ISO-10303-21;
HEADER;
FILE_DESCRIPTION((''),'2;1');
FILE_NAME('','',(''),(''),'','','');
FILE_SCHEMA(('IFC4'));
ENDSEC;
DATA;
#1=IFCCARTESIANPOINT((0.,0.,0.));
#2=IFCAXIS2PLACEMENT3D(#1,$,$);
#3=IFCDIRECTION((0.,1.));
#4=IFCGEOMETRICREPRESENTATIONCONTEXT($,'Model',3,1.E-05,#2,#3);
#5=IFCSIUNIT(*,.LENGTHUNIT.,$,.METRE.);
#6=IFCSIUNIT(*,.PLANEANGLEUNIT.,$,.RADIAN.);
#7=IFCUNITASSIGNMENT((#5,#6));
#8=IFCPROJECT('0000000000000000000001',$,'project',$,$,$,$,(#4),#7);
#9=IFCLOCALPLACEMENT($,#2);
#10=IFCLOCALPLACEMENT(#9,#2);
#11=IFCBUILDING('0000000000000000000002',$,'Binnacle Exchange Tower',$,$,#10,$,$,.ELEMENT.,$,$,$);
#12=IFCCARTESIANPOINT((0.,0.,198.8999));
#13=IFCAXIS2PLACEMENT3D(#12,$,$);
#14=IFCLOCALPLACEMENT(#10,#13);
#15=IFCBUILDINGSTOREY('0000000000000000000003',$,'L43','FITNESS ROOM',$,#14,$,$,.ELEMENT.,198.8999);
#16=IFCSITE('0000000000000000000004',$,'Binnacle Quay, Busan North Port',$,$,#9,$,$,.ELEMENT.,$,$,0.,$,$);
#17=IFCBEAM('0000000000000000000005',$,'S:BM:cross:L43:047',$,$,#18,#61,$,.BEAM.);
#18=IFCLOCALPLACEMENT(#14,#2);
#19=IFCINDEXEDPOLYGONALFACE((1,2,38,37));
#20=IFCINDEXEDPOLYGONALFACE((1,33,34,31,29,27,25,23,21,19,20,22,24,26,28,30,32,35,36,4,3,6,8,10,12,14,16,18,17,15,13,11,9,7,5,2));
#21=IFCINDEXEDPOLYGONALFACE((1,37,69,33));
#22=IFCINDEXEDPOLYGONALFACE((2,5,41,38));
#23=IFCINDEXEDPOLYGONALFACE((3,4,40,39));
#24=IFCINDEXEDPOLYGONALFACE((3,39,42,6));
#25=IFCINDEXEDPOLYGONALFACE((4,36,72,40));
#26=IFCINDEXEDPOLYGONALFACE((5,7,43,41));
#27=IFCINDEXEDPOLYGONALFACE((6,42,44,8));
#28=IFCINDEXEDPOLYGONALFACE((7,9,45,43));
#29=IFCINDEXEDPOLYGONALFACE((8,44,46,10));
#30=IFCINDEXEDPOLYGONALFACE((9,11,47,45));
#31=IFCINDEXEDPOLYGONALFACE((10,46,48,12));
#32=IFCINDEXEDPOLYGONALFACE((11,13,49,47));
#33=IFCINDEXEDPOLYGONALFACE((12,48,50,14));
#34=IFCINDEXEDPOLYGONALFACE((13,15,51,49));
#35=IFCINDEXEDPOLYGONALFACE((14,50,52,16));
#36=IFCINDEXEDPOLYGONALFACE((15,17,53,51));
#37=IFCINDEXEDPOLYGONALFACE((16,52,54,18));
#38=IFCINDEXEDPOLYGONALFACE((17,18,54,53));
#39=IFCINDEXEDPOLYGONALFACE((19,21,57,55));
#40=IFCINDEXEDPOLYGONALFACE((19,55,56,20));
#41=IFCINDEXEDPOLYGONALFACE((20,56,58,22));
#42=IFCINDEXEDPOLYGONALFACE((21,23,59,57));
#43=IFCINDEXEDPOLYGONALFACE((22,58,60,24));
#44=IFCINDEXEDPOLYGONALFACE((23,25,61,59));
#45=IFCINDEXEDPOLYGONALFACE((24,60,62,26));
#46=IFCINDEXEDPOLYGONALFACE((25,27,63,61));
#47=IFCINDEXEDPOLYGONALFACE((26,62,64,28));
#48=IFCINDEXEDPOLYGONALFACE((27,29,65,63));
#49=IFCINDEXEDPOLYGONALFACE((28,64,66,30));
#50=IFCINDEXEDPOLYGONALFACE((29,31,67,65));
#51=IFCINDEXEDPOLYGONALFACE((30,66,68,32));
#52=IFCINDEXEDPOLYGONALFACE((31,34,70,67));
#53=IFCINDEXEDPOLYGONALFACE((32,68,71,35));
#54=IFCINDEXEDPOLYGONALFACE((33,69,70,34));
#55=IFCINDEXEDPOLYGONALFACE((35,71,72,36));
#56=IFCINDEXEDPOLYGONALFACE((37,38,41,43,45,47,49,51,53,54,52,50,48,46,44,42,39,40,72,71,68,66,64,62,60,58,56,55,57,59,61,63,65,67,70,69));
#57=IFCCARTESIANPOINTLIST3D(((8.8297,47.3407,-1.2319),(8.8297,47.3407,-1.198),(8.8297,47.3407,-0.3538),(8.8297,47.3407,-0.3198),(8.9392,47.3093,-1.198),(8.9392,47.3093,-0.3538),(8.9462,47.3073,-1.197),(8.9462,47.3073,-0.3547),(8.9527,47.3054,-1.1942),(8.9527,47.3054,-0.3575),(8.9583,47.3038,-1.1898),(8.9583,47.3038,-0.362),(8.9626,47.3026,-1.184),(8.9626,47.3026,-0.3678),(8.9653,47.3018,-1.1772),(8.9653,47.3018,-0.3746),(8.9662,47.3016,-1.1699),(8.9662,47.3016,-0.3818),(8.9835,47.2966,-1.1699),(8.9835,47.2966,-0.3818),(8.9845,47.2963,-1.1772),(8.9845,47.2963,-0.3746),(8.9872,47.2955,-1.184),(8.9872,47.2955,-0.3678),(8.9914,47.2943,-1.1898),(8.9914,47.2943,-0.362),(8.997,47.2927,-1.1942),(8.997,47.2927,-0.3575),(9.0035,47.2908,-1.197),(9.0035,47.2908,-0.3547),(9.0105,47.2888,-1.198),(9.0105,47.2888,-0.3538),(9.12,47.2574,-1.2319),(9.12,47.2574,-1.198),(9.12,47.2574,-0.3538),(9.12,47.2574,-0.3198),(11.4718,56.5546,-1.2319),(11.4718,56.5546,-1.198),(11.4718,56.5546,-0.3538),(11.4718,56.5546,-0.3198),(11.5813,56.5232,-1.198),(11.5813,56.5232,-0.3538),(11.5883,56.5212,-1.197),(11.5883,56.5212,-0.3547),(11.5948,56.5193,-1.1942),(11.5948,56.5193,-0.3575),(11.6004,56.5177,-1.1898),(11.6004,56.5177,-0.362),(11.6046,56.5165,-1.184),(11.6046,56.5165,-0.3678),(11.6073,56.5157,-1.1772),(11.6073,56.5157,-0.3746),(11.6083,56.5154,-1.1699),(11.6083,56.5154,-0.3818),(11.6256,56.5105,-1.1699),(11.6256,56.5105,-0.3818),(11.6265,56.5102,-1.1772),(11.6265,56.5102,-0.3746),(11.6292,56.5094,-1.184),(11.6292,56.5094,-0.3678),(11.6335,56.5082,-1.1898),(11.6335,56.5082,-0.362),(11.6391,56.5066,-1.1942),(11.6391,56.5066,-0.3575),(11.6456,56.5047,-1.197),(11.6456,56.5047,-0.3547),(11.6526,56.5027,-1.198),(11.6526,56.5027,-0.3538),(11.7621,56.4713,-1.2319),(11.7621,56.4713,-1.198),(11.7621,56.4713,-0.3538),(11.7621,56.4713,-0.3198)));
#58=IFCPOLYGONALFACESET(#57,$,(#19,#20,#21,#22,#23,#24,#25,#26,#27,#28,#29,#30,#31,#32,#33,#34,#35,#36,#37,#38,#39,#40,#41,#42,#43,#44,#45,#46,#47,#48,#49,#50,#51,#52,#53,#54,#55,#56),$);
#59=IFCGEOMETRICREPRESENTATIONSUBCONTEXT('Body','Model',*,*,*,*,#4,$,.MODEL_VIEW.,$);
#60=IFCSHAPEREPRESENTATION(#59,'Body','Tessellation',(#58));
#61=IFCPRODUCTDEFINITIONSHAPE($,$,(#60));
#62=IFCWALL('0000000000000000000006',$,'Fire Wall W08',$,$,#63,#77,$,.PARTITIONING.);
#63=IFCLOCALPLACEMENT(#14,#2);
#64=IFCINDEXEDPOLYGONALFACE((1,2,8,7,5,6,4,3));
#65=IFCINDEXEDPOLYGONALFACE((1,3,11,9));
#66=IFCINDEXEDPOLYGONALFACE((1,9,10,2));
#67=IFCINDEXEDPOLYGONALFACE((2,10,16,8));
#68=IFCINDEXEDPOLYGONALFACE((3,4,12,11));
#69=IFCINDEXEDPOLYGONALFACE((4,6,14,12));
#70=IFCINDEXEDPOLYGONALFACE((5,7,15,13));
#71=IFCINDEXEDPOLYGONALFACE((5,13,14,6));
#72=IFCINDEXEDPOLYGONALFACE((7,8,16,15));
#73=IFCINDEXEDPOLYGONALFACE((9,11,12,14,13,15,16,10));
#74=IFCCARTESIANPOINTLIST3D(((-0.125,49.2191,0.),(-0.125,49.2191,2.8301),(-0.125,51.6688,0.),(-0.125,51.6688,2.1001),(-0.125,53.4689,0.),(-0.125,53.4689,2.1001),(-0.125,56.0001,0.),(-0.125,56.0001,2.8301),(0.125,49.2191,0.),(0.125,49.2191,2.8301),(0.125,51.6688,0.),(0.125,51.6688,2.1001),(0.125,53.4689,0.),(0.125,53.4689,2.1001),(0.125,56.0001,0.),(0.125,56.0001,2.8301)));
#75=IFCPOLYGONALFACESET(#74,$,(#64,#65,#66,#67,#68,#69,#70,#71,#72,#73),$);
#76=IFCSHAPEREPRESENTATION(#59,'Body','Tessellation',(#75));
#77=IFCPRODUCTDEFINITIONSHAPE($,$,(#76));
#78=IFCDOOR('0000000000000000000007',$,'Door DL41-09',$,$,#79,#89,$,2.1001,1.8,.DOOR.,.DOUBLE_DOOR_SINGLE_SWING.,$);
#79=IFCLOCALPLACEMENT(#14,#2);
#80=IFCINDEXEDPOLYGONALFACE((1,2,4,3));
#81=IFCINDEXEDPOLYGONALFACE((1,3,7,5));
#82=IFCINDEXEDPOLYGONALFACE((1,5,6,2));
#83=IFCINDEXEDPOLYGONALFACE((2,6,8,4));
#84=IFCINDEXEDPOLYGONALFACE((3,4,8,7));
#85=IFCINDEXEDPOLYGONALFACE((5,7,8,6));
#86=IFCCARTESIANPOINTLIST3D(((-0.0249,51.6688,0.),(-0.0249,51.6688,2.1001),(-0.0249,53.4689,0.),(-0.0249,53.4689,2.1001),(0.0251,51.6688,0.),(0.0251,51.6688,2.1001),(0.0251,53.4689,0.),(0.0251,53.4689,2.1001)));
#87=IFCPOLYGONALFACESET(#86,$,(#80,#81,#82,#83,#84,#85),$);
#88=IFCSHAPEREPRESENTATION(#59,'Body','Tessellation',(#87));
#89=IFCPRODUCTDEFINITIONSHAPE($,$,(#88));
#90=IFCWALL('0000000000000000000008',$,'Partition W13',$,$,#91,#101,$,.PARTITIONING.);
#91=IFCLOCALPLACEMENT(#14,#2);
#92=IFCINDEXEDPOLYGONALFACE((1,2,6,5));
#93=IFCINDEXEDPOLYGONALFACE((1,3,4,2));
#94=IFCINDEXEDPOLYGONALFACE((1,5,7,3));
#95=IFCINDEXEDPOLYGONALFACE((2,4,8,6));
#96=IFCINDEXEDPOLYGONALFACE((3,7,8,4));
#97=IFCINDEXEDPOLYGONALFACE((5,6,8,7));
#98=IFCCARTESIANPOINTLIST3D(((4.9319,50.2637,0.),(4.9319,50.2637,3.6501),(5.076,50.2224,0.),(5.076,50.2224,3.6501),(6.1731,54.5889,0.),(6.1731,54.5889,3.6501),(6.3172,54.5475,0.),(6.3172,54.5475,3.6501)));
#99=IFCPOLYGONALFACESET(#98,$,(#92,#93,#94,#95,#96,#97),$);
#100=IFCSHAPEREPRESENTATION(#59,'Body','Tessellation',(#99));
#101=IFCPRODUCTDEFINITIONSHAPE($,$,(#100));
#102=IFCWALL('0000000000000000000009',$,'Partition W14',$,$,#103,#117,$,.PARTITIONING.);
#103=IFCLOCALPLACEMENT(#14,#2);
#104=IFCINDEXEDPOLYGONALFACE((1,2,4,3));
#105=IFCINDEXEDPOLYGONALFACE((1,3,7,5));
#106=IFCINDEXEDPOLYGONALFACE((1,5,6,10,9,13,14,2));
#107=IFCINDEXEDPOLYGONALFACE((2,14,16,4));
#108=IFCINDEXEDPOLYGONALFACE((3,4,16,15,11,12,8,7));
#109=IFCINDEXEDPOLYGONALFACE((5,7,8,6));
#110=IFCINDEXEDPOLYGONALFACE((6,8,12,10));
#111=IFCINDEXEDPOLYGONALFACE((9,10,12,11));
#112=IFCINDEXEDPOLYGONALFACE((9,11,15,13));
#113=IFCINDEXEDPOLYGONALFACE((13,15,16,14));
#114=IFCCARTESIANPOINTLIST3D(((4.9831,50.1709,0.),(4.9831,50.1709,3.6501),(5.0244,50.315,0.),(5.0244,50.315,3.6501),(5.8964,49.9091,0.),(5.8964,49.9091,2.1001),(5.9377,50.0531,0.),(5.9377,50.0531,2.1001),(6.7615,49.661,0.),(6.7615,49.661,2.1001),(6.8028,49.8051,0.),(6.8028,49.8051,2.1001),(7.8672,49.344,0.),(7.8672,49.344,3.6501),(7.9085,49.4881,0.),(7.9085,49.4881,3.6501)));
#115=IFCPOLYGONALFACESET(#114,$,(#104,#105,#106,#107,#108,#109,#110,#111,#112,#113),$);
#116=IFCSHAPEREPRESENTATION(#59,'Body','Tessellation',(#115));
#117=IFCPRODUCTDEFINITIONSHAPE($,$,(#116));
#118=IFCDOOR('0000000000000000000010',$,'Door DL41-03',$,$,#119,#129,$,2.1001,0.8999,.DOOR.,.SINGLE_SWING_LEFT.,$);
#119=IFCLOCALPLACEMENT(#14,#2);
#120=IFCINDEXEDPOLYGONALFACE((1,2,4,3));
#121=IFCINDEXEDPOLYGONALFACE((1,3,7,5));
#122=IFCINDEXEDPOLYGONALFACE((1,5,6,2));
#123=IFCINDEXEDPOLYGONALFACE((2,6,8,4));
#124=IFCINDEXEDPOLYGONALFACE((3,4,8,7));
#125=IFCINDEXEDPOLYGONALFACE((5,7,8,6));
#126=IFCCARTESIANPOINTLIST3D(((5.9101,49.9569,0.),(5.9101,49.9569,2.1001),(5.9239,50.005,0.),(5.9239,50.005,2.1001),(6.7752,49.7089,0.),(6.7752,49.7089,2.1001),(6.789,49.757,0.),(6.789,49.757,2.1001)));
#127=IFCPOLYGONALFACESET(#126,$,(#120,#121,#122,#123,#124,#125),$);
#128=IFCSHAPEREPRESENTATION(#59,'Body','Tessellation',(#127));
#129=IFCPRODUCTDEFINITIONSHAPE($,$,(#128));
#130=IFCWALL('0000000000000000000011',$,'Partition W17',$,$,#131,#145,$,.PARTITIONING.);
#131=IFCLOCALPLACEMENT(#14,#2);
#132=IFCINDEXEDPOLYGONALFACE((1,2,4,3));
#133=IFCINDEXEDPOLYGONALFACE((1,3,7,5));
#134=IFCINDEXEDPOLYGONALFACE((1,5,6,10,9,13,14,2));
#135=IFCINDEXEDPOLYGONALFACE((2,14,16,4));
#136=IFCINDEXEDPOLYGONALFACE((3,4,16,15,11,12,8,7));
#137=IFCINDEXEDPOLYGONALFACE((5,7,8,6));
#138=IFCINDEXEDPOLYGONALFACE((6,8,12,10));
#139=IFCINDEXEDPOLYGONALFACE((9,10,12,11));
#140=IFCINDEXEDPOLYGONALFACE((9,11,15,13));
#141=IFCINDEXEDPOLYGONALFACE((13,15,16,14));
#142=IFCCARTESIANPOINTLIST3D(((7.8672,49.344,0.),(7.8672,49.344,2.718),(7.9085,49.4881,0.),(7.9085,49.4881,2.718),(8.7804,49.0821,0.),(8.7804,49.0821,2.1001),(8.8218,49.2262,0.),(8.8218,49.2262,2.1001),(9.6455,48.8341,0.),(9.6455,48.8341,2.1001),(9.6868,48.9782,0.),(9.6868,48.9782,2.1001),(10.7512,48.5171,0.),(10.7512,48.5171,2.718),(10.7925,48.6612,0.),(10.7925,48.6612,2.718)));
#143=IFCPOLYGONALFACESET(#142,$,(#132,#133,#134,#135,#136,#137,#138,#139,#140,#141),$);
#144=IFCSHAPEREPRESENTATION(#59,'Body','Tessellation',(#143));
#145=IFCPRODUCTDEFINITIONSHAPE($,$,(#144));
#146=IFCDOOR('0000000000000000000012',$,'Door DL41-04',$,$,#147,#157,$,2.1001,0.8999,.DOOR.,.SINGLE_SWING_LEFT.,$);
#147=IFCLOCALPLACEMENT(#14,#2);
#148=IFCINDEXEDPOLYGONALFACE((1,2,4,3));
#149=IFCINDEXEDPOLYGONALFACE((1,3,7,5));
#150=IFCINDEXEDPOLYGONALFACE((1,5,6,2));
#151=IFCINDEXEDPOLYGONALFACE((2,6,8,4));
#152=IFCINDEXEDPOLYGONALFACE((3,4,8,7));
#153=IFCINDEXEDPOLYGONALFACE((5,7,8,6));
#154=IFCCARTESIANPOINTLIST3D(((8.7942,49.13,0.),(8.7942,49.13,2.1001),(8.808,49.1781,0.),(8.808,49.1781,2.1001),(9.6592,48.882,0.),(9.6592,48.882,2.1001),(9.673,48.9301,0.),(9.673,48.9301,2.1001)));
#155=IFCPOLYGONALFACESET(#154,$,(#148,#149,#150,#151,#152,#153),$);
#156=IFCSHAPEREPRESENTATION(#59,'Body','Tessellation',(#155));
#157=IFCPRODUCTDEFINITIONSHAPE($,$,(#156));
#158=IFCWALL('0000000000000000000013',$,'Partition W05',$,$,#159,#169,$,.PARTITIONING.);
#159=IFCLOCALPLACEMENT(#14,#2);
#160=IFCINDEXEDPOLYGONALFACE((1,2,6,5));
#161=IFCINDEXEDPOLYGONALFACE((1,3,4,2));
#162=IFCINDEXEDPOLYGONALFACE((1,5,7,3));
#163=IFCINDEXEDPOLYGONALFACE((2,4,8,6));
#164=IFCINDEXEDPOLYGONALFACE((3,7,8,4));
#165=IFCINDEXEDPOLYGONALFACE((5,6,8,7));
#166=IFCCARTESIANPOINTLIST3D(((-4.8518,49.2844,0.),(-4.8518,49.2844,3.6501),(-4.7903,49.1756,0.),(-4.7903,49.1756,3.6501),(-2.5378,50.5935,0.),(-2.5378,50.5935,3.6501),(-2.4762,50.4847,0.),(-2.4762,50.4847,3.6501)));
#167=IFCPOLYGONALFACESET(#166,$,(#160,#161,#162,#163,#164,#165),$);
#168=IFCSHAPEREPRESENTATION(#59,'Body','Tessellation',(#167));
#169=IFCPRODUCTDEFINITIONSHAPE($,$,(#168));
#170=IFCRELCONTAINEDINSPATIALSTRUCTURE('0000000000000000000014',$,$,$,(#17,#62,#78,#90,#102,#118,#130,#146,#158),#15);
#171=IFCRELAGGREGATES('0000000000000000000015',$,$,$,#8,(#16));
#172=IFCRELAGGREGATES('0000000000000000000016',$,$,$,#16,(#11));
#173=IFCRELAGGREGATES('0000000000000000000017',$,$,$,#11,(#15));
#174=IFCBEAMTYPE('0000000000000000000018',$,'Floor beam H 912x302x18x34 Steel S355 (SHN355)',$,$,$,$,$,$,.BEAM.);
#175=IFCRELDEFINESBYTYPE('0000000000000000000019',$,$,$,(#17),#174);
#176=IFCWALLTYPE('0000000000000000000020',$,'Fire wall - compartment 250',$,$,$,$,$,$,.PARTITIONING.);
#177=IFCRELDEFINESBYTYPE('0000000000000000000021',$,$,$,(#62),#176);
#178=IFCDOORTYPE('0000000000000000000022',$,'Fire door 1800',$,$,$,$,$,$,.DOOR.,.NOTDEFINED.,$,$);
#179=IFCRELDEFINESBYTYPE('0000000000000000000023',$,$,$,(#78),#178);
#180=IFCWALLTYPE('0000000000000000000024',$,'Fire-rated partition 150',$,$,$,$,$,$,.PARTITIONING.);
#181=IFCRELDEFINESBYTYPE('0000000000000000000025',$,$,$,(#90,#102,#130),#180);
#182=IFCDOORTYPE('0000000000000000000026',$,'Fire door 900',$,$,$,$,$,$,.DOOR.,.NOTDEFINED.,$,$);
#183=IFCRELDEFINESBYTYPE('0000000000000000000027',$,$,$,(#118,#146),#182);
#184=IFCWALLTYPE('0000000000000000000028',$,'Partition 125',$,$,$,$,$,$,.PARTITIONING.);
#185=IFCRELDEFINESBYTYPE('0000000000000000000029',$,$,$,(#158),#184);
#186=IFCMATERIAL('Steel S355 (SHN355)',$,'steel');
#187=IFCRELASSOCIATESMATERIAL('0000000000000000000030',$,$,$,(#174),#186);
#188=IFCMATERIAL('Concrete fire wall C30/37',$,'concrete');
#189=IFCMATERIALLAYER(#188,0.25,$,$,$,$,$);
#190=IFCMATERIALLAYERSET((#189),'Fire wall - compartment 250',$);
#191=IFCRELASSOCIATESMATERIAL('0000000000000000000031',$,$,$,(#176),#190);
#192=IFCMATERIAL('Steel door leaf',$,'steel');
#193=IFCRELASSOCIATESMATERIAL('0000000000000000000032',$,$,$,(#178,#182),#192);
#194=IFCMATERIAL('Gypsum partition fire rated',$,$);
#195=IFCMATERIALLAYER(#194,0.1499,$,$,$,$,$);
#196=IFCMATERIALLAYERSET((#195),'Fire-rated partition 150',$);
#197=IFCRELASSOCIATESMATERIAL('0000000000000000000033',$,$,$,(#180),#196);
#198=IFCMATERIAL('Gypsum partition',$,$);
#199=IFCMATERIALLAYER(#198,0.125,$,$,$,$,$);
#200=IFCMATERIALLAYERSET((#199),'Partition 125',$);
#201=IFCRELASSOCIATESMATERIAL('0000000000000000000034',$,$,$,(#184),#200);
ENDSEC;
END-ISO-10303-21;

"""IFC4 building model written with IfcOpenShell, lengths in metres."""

from ifc_helpers import new_model, si_unit, direction, frame, frame_2d, origin, origin_2d, place, context, subcontext, project, spatial, rectangle, i_section, extrude, material, layer, layer_set, material_profile, profile_set, type_object, element, fill, save


model = new_model("IFC4")

# Units and contexts
model_context = context("Model", 3, precision=1e-05, world=origin(), true_north=direction((0.0, 1.0)))
body_context = subcontext(model_context, "Body", "Model", "MODEL_VIEW")
ifc_project = project(units=[si_unit("LENGTHUNIT", "METRE"), si_unit("PLANEANGLEUNIT", "RADIAN")], contexts=[model_context])

# Site, building, storey
site_placement = place(None, origin())
site = spatial("IfcSite", under=ifc_project, at=site_placement, Name="Binnacle Quay, Busan North Port", CompositionType="ELEMENT", RefElevation=0.0)
building_placement = place(site_placement, origin())
building = spatial("IfcBuilding", under=site, at=building_placement, Name="Binnacle Exchange Tower", CompositionType="ELEMENT")
storey_placement = place(building_placement, frame((0.0, 0.0, 198.8999)))
storey = spatial("IfcBuildingStorey", under=building, at=storey_placement, Name="L43", Description="FITNESS ROOM", CompositionType="ELEMENT", Elevation=198.8999)

# Beam
ifc_material_1 = material(Name="Steel S355 (SHN355)", Category="steel")
ifc_material_profile_1 = material_profile(ifc_material_1, i_section(OverallWidth=0.302, OverallDepth=0.9121, WebThickness=0.0181, FlangeThickness=0.0339, FilletRadius=0.0281, at=origin_2d()), Name="H 912x302x18x34")
ifc_profile_set_1 = profile_set([ifc_material_profile_1], Name="Steel S355 (SHN355)")
beam_type_1 = type_object("IfcBeamType", Name="Floor beam H 912x302x18x34 Steel S355 (SHN355)", PredefinedType="BEAM", material=ifc_profile_set_1)
beam_1_placement = place(storey_placement, frame((8.9749, 47.2991, -0.7759), z_axis=(0.275643, 0.96126, 0.0), x_axis=(-0.96126, 0.275643, 0.0)))
element("IfcBeam", 1, at=beam_1_placement, inside=storey, type_object=beam_type_1, Name="S:BM:cross:L43:047", PredefinedType="BEAM", context=body_context, shape_type="SweptSolid", body=[
    extrude(i_section(OverallWidth=0.302, OverallDepth=0.9121, WebThickness=0.0181, FlangeThickness=0.0339, FilletRadius=0.0281, at=origin_2d()), origin(), (0.0, 0.0, 1.0), 9.5852),
])

# Wall, opening, door
ifc_material_2 = material(Name="Concrete fire wall C30/37", Category="concrete")
ifc_layer_1 = layer(ifc_material_2, 0.25)
ifc_layer_set_1 = layer_set([ifc_layer_1], Name="Fire wall - compartment 250")
wall_type_1 = type_object("IfcWallType", Name="Fire wall - compartment 250", PredefinedType="PARTITIONING", material=ifc_layer_set_1)
wall_1_placement = place(storey_placement, frame((0.0, 49.219, 0.0), z_axis=(0.0, 0.0, 1.0), x_axis=(0.0, 1.0, 0.0)))
wall_1 = element("IfcWall", 2, at=wall_1_placement, inside=storey, type_object=wall_type_1, Name="Fire Wall W08", PredefinedType="PARTITIONING", context=body_context, shape_type="SweptSolid", body=[
    extrude(rectangle(XDim=6.781, YDim=0.25, at=frame_2d((3.3906, 0.0))), origin(), (0.0, 0.0, 1.0), 2.8301),
])
opening_1_placement = place(wall_1_placement, frame((2.45, 0.0, 0.0)))
opening_1 = element("IfcOpeningElement", 3, at=opening_1_placement, cuts=wall_1, PredefinedType="OPENING", context=body_context, shape_type="SweptSolid", body=[
    extrude(rectangle(XDim=1.8, YDim=2.1001, at=frame_2d((0.8999, 1.05))), frame((0.0, 0.135, 0.0), z_axis=(0.0, -1.0, 0.0), x_axis=(1.0, 0.0, 0.0)), (0.0, 0.0, 1.0), 0.27),
])
ifc_material_3 = material(Name="Steel door leaf", Category="steel")
door_type_1 = type_object("IfcDoorType", Name="Fire door 1800", OperationType="NOTDEFINED", PredefinedType="DOOR", material=ifc_material_3)
door_1_placement = place(opening_1_placement, origin())
door_1 = element("IfcDoor", 4, at=door_1_placement, inside=storey, type_object=door_type_1, Name="Door DL41-09", OperationType="DOUBLE_DOOR_SINGLE_SWING", OverallHeight=2.1001, OverallWidth=1.8, PredefinedType="DOOR", context=body_context, shape_type="SweptSolid", body=[
    extrude(rectangle(XDim=1.8, YDim=2.1001, at=frame_2d((0.8999, 1.05))), frame((0.0, 0.0249, 0.0), z_axis=(0.0, -1.0, 0.0), x_axis=(1.0, 0.0, 0.0)), (0.0, 0.0, 1.0), 0.05),
])
fill(opening_1, door_1)

# Wall
ifc_material_4 = material(Name="Gypsum partition fire rated")
ifc_layer_2 = layer(ifc_material_4, 0.1499)
ifc_layer_set_2 = layer_set([ifc_layer_2], Name="Fire-rated partition 150")
wall_type_2 = type_object("IfcWallType", Name="Fire-rated partition 150", PredefinedType="PARTITIONING", material=ifc_layer_set_2)
wall_2_placement = place(storey_placement, frame((5.0039, 50.2429, 0.0), z_axis=(0.0, 0.0, 1.0), x_axis=(0.275839, 0.961204, 0.0)))
element("IfcWall", 5, at=wall_2_placement, inside=storey, type_object=wall_type_2, Name="Partition W13", PredefinedType="PARTITIONING", context=body_context, shape_type="SweptSolid", body=[
    extrude(rectangle(XDim=4.4998, YDim=0.1499, at=frame_2d((2.25, 0.0))), origin(), (0.0, 0.0, 1.0), 3.6501),
])

# Walls, openings, doors
wall_3_placement = place(storey_placement, frame((5.0039, 50.2429, 0.0), z_axis=(0.0, 0.0, 1.0), x_axis=(0.961269, -0.275613, 0.0)))
wall_3 = element("IfcWall", 6, at=wall_3_placement, inside=storey, type_object=wall_type_2, Name="Partition W14", PredefinedType="PARTITIONING", context=body_context, shape_type="SweptSolid", body=[
    extrude(rectangle(XDim=3.0002, YDim=0.1499, at=frame_2d((1.5, 0.0))), origin(), (0.0, 0.0, 1.0), 3.6501),
])
opening_2_placement = place(wall_3_placement, frame((0.95, 0.0, 0.0)))
opening_2 = element("IfcOpeningElement", 7, at=opening_2_placement, cuts=wall_3, PredefinedType="OPENING", context=body_context, shape_type="SweptSolid", body=[
    extrude(rectangle(XDim=0.8999, YDim=2.1001, at=frame_2d((0.45, 1.05))), frame((0.0, 0.085, 0.0), z_axis=(0.0, -1.0, 0.0), x_axis=(1.0, 0.0, 0.0)), (0.0, 0.0, 1.0), 0.1699),
])
door_type_2 = type_object("IfcDoorType", Name="Fire door 900", OperationType="NOTDEFINED", PredefinedType="DOOR", material=ifc_material_3)
door_2_placement = place(opening_2_placement, origin())
door_2 = element("IfcDoor", 8, at=door_2_placement, inside=storey, type_object=door_type_2, Name="Door DL41-03", OperationType="SINGLE_SWING_LEFT", OverallHeight=2.1001, OverallWidth=0.8999, PredefinedType="DOOR", context=body_context, shape_type="SweptSolid", body=[
    extrude(rectangle(XDim=0.8999, YDim=2.1001, at=frame_2d((0.45, 1.05))), frame((0.0, 0.0249, 0.0), z_axis=(0.0, -1.0, 0.0), x_axis=(1.0, 0.0, 0.0)), (0.0, 0.0, 1.0), 0.05),
])
fill(opening_2, door_2)
wall_4_placement = place(storey_placement, frame((7.8879, 49.416, 0.0), z_axis=(0.0, 0.0, 1.0), x_axis=(0.961269, -0.275613, 0.0)))
wall_4 = element("IfcWall", 9, at=wall_4_placement, inside=storey, type_object=wall_type_2, Name="Partition W17", PredefinedType="PARTITIONING", context=body_context, shape_type="SweptSolid", body=[
    extrude(rectangle(XDim=3.0002, YDim=0.1499, at=frame_2d((1.5, 0.0))), origin(), (0.0, 0.0, 1.0), 2.718),
])
opening_3_placement = place(wall_4_placement, frame((0.95, 0.0, 0.0)))
opening_3 = element("IfcOpeningElement", 10, at=opening_3_placement, cuts=wall_4, PredefinedType="OPENING", context=body_context, shape_type="SweptSolid", body=[
    extrude(rectangle(XDim=0.8999, YDim=2.1001, at=frame_2d((0.45, 1.05))), frame((0.0, 0.085, 0.0), z_axis=(0.0, -1.0, 0.0), x_axis=(1.0, 0.0, 0.0)), (0.0, 0.0, 1.0), 0.1699),
])
door_3_placement = place(opening_3_placement, origin())
door_3 = element("IfcDoor", 11, at=door_3_placement, inside=storey, type_object=door_type_2, Name="Door DL41-04", OperationType="SINGLE_SWING_LEFT", OverallHeight=2.1001, OverallWidth=0.8999, PredefinedType="DOOR", context=body_context, shape_type="SweptSolid", body=[
    extrude(rectangle(XDim=0.8999, YDim=2.1001, at=frame_2d((0.45, 1.05))), frame((0.0, 0.0249, 0.0), z_axis=(0.0, -1.0, 0.0), x_axis=(1.0, 0.0, 0.0)), (0.0, 0.0, 1.0), 0.05),
])
fill(opening_3, door_3)

# Wall
ifc_material_5 = material(Name="Gypsum partition")
ifc_layer_3 = layer(ifc_material_5, 0.125)
ifc_layer_set_3 = layer_set([ifc_layer_3], Name="Partition 125")
wall_type_3 = type_object("IfcWallType", Name="Partition 125", PredefinedType="PARTITIONING", material=ifc_layer_set_3)
wall_5_placement = place(storey_placement, frame((-4.821, 49.23, 0.0), z_axis=(0.0, 0.0, 1.0), x_axis=(0.870371, 0.492396, 0.0)))
element("IfcWall", 12, at=wall_5_placement, inside=storey, type_object=wall_type_3, Name="Partition W05", PredefinedType="PARTITIONING", context=body_context, shape_type="SweptSolid", body=[
    extrude(rectangle(XDim=2.6587, YDim=0.125, at=frame_2d((1.3293, 0.0))), origin(), (0.0, 0.0, 1.0), 3.6501),
])

save(model, "model.ifc")
